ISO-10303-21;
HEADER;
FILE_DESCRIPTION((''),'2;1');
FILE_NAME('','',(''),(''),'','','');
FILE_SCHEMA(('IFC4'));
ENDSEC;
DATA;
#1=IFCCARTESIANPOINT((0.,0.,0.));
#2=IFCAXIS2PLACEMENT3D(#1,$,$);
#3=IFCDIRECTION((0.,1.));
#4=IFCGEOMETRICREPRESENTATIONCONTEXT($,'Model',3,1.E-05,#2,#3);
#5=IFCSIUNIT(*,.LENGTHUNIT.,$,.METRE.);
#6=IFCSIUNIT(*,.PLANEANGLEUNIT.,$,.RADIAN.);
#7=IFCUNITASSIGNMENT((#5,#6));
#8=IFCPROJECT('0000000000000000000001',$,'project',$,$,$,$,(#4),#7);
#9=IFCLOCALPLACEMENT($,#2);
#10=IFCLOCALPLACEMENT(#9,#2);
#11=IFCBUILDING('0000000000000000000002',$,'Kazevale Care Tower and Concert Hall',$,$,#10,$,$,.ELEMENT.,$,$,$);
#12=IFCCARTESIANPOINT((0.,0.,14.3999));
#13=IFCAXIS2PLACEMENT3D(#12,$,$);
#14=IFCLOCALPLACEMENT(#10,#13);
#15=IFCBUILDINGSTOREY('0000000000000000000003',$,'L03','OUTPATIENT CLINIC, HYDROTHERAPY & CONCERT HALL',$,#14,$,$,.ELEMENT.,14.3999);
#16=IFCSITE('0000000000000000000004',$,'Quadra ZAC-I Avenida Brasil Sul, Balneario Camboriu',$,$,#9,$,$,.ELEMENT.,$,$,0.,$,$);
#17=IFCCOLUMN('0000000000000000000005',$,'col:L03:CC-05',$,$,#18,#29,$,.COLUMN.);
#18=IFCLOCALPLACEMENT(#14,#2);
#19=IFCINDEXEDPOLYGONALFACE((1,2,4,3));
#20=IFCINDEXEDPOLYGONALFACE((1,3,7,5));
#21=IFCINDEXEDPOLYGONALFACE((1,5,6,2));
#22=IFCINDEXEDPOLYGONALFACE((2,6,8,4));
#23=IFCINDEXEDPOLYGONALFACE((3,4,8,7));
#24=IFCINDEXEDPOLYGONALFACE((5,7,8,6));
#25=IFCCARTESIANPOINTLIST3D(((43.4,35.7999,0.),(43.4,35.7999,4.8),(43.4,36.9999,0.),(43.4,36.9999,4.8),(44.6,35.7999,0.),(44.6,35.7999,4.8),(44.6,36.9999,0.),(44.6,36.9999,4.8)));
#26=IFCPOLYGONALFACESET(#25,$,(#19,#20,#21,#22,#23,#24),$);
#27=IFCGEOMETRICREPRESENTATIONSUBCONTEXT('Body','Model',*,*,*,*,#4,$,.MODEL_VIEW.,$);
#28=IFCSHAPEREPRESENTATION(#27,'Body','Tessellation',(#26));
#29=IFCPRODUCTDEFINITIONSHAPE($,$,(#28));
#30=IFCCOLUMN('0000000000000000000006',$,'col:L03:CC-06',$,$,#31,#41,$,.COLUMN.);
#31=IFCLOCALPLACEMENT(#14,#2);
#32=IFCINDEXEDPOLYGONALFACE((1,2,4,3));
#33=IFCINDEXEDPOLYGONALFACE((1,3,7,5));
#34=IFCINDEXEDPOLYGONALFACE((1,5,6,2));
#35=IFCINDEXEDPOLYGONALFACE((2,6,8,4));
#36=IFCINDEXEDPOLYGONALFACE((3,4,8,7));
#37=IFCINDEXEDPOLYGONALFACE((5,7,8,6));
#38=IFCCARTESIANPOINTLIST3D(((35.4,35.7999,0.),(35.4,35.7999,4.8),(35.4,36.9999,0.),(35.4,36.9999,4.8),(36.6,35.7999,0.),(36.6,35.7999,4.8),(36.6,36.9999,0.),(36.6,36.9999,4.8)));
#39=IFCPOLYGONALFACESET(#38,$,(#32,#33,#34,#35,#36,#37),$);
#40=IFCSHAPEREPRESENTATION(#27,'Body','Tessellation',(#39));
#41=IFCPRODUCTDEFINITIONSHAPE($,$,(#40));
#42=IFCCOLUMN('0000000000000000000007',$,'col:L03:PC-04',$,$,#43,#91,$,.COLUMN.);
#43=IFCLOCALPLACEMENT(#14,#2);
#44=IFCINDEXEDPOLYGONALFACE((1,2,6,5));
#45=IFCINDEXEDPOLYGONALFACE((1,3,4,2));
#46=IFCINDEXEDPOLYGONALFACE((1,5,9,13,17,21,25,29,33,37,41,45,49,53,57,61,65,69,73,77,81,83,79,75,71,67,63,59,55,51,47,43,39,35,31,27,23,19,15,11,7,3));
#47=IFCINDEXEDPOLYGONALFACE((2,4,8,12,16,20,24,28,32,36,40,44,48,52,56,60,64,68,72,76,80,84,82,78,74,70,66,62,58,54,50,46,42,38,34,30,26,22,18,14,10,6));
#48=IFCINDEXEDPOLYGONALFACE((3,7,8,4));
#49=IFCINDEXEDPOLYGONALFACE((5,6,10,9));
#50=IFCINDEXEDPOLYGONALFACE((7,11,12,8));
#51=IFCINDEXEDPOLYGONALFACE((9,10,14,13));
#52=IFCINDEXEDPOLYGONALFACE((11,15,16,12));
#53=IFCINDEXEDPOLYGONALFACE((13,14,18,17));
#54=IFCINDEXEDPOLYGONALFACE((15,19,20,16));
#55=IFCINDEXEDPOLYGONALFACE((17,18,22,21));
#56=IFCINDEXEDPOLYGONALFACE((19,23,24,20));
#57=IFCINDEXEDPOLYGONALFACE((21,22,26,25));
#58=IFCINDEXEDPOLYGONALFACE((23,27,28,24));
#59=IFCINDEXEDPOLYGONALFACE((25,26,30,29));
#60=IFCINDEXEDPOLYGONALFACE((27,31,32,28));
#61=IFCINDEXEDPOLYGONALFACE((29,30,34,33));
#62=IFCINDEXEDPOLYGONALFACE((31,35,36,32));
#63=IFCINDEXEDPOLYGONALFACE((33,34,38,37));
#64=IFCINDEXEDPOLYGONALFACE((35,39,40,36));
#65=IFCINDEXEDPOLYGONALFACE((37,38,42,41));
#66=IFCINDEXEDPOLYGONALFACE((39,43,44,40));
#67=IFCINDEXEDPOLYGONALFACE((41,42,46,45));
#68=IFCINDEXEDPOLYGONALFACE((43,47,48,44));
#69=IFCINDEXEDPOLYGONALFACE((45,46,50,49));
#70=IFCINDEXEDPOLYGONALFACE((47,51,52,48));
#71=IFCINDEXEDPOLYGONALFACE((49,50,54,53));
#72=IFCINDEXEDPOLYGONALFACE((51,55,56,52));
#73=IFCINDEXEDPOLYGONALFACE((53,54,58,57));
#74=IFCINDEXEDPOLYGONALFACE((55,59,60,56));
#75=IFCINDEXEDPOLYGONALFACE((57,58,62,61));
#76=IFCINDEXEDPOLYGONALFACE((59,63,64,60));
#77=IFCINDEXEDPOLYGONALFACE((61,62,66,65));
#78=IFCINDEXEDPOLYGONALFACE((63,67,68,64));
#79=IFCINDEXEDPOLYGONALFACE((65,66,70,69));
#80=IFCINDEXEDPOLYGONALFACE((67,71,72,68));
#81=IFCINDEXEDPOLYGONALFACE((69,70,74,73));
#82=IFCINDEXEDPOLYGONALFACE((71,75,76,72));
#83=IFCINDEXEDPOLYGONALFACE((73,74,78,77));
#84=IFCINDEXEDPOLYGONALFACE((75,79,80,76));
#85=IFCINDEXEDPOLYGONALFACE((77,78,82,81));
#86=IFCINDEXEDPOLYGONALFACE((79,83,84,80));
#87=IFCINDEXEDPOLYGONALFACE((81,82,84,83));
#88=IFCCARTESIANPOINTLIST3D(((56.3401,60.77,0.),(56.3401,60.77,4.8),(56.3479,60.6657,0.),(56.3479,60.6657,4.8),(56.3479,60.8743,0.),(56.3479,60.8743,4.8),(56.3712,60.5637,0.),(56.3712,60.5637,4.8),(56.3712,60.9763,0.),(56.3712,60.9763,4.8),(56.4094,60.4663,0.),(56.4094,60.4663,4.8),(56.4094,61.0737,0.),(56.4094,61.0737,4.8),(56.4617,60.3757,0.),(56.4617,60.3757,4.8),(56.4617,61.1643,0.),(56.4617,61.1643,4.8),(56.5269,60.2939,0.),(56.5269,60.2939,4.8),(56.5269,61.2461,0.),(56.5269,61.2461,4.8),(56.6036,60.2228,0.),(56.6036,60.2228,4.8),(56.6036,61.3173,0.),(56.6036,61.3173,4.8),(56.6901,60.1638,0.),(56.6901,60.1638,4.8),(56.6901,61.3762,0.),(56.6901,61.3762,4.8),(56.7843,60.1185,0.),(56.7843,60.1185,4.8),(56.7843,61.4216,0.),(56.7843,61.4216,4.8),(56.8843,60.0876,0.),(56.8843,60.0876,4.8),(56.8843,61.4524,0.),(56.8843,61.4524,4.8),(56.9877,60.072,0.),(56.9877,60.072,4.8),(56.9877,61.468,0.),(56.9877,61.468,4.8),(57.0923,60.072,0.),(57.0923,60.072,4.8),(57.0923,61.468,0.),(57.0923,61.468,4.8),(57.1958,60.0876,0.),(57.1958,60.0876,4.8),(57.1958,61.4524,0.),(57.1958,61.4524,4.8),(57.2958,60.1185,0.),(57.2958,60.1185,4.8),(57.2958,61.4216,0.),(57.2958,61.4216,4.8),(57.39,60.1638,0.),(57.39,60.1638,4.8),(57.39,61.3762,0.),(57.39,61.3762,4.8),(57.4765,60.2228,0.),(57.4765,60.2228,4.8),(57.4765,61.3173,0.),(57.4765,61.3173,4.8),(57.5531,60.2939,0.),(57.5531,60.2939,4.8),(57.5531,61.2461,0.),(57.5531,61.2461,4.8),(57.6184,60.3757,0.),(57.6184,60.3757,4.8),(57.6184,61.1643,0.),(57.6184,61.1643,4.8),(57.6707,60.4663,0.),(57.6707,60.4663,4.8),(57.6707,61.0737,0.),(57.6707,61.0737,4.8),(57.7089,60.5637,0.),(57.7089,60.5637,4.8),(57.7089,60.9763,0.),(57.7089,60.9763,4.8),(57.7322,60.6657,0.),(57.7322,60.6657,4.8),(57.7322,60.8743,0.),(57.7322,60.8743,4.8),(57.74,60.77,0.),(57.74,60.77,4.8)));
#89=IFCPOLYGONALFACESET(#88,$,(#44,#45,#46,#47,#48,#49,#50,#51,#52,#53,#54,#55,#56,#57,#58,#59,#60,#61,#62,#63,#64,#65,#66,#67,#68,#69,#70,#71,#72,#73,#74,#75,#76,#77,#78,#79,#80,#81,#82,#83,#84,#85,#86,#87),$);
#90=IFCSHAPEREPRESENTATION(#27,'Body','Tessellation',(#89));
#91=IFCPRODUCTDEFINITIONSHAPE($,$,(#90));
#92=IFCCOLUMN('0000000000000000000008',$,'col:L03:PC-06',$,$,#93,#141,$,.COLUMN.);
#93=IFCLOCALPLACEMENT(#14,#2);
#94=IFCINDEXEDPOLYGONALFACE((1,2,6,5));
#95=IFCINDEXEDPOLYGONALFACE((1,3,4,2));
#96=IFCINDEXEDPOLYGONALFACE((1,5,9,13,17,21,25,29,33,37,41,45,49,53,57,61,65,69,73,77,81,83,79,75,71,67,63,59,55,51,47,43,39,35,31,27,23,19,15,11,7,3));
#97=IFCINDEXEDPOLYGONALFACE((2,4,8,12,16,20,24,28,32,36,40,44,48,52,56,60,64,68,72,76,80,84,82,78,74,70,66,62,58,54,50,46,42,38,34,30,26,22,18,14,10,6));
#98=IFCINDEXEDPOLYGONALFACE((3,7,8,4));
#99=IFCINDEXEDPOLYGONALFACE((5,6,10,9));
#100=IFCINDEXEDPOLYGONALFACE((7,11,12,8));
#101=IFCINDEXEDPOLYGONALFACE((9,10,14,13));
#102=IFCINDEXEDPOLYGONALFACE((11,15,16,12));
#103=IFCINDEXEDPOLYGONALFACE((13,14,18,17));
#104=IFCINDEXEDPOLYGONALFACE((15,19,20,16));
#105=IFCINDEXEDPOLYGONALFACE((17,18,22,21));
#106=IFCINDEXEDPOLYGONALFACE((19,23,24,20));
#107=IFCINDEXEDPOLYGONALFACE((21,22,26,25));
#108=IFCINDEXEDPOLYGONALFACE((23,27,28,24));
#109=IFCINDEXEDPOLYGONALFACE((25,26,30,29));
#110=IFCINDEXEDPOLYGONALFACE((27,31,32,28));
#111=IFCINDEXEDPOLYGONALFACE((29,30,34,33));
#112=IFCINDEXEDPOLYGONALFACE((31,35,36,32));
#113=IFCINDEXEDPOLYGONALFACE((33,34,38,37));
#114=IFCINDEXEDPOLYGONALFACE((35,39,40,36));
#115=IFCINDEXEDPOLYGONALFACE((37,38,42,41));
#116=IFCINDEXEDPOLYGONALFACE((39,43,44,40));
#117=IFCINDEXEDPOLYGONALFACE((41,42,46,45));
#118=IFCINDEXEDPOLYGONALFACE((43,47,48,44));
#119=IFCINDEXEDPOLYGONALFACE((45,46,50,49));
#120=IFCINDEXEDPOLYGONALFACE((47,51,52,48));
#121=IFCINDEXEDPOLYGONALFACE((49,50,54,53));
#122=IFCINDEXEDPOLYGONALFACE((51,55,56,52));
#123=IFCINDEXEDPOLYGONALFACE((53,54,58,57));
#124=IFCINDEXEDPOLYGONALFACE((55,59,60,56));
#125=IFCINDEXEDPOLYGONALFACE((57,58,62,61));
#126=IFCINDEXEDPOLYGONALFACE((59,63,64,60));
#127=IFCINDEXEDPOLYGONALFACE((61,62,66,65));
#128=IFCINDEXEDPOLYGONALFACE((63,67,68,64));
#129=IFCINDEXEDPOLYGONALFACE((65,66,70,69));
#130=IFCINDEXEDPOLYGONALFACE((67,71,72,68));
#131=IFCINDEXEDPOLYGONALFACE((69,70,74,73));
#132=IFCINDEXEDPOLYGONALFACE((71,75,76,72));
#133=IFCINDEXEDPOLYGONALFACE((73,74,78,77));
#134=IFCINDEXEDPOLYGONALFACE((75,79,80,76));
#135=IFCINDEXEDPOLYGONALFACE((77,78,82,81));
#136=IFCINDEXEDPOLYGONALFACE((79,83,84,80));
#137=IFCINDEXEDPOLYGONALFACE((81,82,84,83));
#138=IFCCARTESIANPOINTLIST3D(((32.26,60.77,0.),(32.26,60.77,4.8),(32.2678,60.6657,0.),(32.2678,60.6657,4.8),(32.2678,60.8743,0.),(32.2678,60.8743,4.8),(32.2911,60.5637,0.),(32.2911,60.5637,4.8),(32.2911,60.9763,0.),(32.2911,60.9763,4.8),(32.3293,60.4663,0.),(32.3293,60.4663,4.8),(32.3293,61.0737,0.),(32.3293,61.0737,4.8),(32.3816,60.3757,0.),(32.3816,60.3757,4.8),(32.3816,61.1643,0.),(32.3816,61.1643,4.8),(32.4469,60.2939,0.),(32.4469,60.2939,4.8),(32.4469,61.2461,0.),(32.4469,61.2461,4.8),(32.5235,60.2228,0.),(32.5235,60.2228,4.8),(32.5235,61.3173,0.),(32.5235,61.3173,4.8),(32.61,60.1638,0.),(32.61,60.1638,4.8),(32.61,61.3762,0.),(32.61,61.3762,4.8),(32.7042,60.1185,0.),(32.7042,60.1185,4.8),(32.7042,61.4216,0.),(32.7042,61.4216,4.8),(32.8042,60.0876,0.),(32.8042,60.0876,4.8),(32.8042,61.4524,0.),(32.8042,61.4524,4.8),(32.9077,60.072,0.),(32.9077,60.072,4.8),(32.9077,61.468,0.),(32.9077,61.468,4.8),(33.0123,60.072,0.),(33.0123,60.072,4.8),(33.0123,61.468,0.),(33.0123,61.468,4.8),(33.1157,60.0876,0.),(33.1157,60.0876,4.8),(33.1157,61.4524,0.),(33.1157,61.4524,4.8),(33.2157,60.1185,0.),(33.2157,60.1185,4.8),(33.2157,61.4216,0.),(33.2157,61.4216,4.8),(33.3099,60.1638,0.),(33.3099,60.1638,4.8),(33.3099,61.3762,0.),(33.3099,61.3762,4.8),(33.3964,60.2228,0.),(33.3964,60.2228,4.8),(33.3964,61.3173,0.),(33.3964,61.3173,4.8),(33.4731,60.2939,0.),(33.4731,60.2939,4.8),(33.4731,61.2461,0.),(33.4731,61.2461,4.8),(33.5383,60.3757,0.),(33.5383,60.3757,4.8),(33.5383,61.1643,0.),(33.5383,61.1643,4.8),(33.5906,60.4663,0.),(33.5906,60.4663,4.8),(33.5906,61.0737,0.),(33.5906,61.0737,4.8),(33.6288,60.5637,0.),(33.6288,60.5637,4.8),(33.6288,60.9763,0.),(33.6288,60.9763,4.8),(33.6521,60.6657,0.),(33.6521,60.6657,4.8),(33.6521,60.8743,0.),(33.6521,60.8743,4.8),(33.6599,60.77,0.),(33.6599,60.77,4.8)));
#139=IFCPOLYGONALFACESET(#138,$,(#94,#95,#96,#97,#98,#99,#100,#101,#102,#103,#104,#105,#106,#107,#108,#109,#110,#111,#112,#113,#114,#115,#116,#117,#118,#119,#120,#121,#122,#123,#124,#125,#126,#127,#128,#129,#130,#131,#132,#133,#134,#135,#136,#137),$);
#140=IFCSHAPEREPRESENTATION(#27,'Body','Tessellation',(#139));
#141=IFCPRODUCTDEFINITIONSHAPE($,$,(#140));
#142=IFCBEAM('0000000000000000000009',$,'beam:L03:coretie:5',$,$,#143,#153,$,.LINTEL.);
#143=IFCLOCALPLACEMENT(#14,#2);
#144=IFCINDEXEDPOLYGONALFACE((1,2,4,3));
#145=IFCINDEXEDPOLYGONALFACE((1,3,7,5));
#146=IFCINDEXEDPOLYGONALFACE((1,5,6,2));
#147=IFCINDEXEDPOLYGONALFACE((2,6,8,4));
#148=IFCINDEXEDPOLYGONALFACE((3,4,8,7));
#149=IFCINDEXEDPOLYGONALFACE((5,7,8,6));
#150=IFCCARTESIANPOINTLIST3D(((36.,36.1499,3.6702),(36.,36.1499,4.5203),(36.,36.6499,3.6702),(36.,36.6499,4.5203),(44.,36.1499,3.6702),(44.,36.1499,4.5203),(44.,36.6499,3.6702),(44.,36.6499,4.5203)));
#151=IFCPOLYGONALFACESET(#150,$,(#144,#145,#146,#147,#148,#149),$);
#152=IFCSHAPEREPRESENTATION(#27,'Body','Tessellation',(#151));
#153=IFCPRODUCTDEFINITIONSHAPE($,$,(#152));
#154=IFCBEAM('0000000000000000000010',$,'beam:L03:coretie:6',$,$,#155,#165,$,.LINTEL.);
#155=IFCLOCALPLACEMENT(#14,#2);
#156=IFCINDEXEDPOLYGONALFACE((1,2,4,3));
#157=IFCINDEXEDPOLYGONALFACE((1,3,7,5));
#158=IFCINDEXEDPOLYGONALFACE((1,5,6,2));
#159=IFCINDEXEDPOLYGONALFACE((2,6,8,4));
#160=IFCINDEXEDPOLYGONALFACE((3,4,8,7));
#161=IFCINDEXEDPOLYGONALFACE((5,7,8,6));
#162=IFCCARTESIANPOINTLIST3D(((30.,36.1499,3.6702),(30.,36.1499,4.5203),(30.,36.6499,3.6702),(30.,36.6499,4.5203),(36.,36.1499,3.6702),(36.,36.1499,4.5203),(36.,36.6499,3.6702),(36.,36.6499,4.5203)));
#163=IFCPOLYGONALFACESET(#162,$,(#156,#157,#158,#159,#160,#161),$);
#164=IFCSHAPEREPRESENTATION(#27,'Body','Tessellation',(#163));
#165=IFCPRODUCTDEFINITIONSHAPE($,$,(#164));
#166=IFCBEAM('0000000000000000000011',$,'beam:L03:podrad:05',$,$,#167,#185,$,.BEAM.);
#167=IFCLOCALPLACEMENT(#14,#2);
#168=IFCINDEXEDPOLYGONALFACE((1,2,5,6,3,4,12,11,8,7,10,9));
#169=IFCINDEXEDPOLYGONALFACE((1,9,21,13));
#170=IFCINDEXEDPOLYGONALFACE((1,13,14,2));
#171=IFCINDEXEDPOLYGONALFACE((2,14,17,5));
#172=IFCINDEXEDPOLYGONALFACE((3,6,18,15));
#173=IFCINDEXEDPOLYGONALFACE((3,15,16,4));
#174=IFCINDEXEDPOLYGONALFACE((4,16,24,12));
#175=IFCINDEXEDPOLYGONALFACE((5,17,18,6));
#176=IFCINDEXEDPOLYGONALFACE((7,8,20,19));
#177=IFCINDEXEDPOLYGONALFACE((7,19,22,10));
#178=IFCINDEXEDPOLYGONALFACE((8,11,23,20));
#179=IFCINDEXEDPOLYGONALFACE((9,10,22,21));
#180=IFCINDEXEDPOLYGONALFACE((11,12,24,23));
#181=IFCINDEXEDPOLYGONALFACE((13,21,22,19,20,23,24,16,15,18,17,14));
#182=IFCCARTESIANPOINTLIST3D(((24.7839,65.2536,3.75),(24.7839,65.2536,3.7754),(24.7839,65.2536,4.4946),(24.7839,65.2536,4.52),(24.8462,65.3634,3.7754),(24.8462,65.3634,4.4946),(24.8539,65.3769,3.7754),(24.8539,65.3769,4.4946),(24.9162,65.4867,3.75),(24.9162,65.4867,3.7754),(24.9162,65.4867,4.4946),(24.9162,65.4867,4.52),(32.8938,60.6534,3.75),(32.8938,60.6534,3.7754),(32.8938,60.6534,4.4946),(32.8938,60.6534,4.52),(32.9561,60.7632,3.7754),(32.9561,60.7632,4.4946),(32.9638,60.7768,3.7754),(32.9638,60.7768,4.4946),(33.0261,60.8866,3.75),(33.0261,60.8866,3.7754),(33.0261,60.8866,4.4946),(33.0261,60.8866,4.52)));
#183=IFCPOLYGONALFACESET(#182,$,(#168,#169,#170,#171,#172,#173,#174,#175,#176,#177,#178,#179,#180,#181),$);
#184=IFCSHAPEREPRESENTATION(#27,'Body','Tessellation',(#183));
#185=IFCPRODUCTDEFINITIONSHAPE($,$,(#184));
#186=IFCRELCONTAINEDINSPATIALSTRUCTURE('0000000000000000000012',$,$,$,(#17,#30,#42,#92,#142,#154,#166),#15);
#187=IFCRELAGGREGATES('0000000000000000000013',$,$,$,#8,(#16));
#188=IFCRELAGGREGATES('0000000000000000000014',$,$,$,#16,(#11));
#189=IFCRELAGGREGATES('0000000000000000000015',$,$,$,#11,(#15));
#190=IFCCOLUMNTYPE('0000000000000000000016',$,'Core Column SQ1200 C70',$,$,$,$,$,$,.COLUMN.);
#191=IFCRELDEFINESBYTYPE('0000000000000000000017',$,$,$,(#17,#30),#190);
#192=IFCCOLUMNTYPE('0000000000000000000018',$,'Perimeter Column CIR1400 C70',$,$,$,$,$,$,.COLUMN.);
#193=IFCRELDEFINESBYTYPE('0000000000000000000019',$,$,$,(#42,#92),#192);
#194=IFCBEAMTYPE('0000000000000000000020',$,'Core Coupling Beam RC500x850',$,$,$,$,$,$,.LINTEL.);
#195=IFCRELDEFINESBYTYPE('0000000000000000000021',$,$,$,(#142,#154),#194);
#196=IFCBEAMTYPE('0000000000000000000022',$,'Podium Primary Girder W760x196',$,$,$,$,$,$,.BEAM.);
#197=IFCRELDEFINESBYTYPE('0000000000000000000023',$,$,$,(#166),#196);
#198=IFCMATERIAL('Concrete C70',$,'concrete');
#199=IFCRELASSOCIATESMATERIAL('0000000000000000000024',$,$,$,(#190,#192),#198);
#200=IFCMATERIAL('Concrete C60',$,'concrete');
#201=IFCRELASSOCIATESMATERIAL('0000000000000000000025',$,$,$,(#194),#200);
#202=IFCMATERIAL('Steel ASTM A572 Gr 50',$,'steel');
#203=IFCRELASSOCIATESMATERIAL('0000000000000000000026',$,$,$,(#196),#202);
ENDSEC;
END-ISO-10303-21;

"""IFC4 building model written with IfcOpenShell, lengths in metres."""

from ifc_helpers import new_model, si_unit, direction, frame, origin, origin_2d, place, context, subcontext, project, spatial, rectangle, circle, i_section, extrude, material, material_profile, profile_set, type_object, element, save


model = new_model("IFC4")

# Units and contexts
model_context = context("Model", 3, precision=1e-05, world=origin(), true_north=direction((0.0, 1.0)))
body_context = subcontext(model_context, "Body", "Model", "MODEL_VIEW")
ifc_project = project(units=[si_unit("LENGTHUNIT", "METRE"), si_unit("PLANEANGLEUNIT", "RADIAN")], contexts=[model_context])

# Site, building, storey
site_placement = place(None, origin())
site = spatial("IfcSite", under=ifc_project, at=site_placement, Name="Quadra ZAC-I Avenida Brasil Sul, Balneario Camboriu", CompositionType="ELEMENT", RefElevation=0.0)
building_placement = place(site_placement, origin())
building = spatial("IfcBuilding", under=site, at=building_placement, Name="Kazevale Care Tower and Concert Hall", CompositionType="ELEMENT")
storey_placement = place(building_placement, frame((0.0, 0.0, 14.3999)))
storey = spatial("IfcBuildingStorey", under=building, at=storey_placement, Name="L03", Description="OUTPATIENT CLINIC, HYDROTHERAPY & CONCERT HALL", CompositionType="ELEMENT", Elevation=14.3999)

# Columns
ifc_material_1 = material(Name="Concrete C70", Category="concrete")
ifc_material_profile_1 = material_profile(ifc_material_1, rectangle(XDim=1.2, YDim=1.2, at=origin_2d()), Name="RC-SQ1200")
ifc_profile_set_1 = profile_set([ifc_material_profile_1], Name="Concrete C70")
column_type_1 = type_object("IfcColumnType", Name="Core Column SQ1200 C70", PredefinedType="COLUMN", material=ifc_profile_set_1)
for number, where, z_axis, x_axis, name in (
    (1, (44.0, 36.3999, 0.0), (0.0, 0.0, 1.0), (1.0, 0.0, 0.0), "col:L03:CC-05"),
    (2, (36.0, 36.3999, 0.0), (0.0, 0.0, 1.0), (1.0, 0.0, 0.0), "col:L03:CC-06"),
):
    element("IfcColumn", number, at=place(storey_placement, frame(where, z_axis=z_axis, x_axis=x_axis)), inside=storey, type_object=column_type_1, Name=name, PredefinedType="COLUMN", context=body_context, shape_type="SweptSolid", body=[
        extrude(rectangle(XDim=1.2, YDim=1.2, at=origin_2d()), origin(), (0.0, 0.0, 1.0), 4.8),
    ])
ifc_material_profile_2 = material_profile(ifc_material_1, circle(Radius=0.7, at=origin_2d()), Name="RC-CIR1400")
ifc_profile_set_2 = profile_set([ifc_material_profile_2], Name="Concrete C70")
column_type_2 = type_object("IfcColumnType", Name="Perimeter Column CIR1400 C70", PredefinedType="COLUMN", material=ifc_profile_set_2)
for number, where, z_axis, x_axis, name in (
    (3, (57.04, 60.77, 0.0), (0.0, 0.0, 1.0), (1.0, 0.0, 0.0), "col:L03:PC-04"),
    (4, (32.96, 60.77, 0.0), (0.0, 0.0, 1.0), (1.0, 0.0, 0.0), "col:L03:PC-06"),
):
    element("IfcColumn", number, at=place(storey_placement, frame(where, z_axis=z_axis, x_axis=x_axis)), inside=storey, type_object=column_type_2, Name=name, PredefinedType="COLUMN", context=body_context, shape_type="SweptSolid", body=[
        extrude(circle(Radius=0.7, at=origin_2d()), origin(), (0.0, 0.0, 1.0), 4.8),
    ])

# Beams
ifc_material_2 = material(Name="Concrete C60", Category="concrete")
ifc_material_profile_3 = material_profile(ifc_material_2, rectangle(XDim=0.5, YDim=0.8501, at=origin_2d()), Name="RC-B500x850")
ifc_profile_set_3 = profile_set([ifc_material_profile_3], Name="Concrete C60")
beam_type_1 = type_object("IfcBeamType", Name="Core Coupling Beam RC500x850", PredefinedType="LINTEL", material=ifc_profile_set_3)
beam_1_placement = place(storey_placement, frame((44.0, 36.3999, 4.0952), z_axis=(-1.0, 0.0, 0.0), x_axis=(0.0, -1.0, 0.0)))
element("IfcBeam", 5, at=beam_1_placement, inside=storey, type_object=beam_type_1, Name="beam:L03:coretie:5", PredefinedType="LINTEL", context=body_context, shape_type="SweptSolid", body=[
    extrude(rectangle(XDim=0.5, YDim=0.8501, at=origin_2d()), origin(), (0.0, 0.0, 1.0), 8.0),
])
beam_2_placement = place(storey_placement, frame((36.0, 36.3999, 4.0952), z_axis=(-1.0, 0.0, 0.0), x_axis=(0.0, -1.0, 0.0)))
element("IfcBeam", 6, at=beam_2_placement, inside=storey, type_object=beam_type_1, Name="beam:L03:coretie:6", PredefinedType="LINTEL", context=body_context, shape_type="SweptSolid", body=[
    extrude(rectangle(XDim=0.5, YDim=0.8501, at=origin_2d()), origin(), (0.0, 0.0, 1.0), 6.0),
])
ifc_material_3 = material(Name="Steel ASTM A572 Gr 50", Category="steel")
ifc_material_profile_4 = material_profile(ifc_material_3, i_section(OverallWidth=0.2681, OverallDepth=0.77, WebThickness=0.0156, FlangeThickness=0.0254, at=origin_2d()), Name="W760x196")
ifc_profile_set_4 = profile_set([ifc_material_profile_4], Name="Steel ASTM A572 Gr 50")
beam_type_2 = type_object("IfcBeamType", Name="Podium Primary Girder W760x196", PredefinedType="BEAM", material=ifc_profile_set_4)
beam_3_placement = place(storey_placement, frame((32.96, 60.77, 4.135), z_axis=(-0.869815, 0.493379, 0.0), x_axis=(-0.493379, -0.869815, 0.0)))
element("IfcBeam", 7, at=beam_3_placement, inside=storey, type_object=beam_type_2, Name="beam:L03:podrad:05", PredefinedType="BEAM", context=body_context, shape_type="SweptSolid", body=[
    extrude(i_section(OverallWidth=0.2681, OverallDepth=0.77, WebThickness=0.0156, FlangeThickness=0.0254, at=origin_2d()), origin(), (0.0, 0.0, 1.0), 9.3237),
])

save(model, "model.ifc")
